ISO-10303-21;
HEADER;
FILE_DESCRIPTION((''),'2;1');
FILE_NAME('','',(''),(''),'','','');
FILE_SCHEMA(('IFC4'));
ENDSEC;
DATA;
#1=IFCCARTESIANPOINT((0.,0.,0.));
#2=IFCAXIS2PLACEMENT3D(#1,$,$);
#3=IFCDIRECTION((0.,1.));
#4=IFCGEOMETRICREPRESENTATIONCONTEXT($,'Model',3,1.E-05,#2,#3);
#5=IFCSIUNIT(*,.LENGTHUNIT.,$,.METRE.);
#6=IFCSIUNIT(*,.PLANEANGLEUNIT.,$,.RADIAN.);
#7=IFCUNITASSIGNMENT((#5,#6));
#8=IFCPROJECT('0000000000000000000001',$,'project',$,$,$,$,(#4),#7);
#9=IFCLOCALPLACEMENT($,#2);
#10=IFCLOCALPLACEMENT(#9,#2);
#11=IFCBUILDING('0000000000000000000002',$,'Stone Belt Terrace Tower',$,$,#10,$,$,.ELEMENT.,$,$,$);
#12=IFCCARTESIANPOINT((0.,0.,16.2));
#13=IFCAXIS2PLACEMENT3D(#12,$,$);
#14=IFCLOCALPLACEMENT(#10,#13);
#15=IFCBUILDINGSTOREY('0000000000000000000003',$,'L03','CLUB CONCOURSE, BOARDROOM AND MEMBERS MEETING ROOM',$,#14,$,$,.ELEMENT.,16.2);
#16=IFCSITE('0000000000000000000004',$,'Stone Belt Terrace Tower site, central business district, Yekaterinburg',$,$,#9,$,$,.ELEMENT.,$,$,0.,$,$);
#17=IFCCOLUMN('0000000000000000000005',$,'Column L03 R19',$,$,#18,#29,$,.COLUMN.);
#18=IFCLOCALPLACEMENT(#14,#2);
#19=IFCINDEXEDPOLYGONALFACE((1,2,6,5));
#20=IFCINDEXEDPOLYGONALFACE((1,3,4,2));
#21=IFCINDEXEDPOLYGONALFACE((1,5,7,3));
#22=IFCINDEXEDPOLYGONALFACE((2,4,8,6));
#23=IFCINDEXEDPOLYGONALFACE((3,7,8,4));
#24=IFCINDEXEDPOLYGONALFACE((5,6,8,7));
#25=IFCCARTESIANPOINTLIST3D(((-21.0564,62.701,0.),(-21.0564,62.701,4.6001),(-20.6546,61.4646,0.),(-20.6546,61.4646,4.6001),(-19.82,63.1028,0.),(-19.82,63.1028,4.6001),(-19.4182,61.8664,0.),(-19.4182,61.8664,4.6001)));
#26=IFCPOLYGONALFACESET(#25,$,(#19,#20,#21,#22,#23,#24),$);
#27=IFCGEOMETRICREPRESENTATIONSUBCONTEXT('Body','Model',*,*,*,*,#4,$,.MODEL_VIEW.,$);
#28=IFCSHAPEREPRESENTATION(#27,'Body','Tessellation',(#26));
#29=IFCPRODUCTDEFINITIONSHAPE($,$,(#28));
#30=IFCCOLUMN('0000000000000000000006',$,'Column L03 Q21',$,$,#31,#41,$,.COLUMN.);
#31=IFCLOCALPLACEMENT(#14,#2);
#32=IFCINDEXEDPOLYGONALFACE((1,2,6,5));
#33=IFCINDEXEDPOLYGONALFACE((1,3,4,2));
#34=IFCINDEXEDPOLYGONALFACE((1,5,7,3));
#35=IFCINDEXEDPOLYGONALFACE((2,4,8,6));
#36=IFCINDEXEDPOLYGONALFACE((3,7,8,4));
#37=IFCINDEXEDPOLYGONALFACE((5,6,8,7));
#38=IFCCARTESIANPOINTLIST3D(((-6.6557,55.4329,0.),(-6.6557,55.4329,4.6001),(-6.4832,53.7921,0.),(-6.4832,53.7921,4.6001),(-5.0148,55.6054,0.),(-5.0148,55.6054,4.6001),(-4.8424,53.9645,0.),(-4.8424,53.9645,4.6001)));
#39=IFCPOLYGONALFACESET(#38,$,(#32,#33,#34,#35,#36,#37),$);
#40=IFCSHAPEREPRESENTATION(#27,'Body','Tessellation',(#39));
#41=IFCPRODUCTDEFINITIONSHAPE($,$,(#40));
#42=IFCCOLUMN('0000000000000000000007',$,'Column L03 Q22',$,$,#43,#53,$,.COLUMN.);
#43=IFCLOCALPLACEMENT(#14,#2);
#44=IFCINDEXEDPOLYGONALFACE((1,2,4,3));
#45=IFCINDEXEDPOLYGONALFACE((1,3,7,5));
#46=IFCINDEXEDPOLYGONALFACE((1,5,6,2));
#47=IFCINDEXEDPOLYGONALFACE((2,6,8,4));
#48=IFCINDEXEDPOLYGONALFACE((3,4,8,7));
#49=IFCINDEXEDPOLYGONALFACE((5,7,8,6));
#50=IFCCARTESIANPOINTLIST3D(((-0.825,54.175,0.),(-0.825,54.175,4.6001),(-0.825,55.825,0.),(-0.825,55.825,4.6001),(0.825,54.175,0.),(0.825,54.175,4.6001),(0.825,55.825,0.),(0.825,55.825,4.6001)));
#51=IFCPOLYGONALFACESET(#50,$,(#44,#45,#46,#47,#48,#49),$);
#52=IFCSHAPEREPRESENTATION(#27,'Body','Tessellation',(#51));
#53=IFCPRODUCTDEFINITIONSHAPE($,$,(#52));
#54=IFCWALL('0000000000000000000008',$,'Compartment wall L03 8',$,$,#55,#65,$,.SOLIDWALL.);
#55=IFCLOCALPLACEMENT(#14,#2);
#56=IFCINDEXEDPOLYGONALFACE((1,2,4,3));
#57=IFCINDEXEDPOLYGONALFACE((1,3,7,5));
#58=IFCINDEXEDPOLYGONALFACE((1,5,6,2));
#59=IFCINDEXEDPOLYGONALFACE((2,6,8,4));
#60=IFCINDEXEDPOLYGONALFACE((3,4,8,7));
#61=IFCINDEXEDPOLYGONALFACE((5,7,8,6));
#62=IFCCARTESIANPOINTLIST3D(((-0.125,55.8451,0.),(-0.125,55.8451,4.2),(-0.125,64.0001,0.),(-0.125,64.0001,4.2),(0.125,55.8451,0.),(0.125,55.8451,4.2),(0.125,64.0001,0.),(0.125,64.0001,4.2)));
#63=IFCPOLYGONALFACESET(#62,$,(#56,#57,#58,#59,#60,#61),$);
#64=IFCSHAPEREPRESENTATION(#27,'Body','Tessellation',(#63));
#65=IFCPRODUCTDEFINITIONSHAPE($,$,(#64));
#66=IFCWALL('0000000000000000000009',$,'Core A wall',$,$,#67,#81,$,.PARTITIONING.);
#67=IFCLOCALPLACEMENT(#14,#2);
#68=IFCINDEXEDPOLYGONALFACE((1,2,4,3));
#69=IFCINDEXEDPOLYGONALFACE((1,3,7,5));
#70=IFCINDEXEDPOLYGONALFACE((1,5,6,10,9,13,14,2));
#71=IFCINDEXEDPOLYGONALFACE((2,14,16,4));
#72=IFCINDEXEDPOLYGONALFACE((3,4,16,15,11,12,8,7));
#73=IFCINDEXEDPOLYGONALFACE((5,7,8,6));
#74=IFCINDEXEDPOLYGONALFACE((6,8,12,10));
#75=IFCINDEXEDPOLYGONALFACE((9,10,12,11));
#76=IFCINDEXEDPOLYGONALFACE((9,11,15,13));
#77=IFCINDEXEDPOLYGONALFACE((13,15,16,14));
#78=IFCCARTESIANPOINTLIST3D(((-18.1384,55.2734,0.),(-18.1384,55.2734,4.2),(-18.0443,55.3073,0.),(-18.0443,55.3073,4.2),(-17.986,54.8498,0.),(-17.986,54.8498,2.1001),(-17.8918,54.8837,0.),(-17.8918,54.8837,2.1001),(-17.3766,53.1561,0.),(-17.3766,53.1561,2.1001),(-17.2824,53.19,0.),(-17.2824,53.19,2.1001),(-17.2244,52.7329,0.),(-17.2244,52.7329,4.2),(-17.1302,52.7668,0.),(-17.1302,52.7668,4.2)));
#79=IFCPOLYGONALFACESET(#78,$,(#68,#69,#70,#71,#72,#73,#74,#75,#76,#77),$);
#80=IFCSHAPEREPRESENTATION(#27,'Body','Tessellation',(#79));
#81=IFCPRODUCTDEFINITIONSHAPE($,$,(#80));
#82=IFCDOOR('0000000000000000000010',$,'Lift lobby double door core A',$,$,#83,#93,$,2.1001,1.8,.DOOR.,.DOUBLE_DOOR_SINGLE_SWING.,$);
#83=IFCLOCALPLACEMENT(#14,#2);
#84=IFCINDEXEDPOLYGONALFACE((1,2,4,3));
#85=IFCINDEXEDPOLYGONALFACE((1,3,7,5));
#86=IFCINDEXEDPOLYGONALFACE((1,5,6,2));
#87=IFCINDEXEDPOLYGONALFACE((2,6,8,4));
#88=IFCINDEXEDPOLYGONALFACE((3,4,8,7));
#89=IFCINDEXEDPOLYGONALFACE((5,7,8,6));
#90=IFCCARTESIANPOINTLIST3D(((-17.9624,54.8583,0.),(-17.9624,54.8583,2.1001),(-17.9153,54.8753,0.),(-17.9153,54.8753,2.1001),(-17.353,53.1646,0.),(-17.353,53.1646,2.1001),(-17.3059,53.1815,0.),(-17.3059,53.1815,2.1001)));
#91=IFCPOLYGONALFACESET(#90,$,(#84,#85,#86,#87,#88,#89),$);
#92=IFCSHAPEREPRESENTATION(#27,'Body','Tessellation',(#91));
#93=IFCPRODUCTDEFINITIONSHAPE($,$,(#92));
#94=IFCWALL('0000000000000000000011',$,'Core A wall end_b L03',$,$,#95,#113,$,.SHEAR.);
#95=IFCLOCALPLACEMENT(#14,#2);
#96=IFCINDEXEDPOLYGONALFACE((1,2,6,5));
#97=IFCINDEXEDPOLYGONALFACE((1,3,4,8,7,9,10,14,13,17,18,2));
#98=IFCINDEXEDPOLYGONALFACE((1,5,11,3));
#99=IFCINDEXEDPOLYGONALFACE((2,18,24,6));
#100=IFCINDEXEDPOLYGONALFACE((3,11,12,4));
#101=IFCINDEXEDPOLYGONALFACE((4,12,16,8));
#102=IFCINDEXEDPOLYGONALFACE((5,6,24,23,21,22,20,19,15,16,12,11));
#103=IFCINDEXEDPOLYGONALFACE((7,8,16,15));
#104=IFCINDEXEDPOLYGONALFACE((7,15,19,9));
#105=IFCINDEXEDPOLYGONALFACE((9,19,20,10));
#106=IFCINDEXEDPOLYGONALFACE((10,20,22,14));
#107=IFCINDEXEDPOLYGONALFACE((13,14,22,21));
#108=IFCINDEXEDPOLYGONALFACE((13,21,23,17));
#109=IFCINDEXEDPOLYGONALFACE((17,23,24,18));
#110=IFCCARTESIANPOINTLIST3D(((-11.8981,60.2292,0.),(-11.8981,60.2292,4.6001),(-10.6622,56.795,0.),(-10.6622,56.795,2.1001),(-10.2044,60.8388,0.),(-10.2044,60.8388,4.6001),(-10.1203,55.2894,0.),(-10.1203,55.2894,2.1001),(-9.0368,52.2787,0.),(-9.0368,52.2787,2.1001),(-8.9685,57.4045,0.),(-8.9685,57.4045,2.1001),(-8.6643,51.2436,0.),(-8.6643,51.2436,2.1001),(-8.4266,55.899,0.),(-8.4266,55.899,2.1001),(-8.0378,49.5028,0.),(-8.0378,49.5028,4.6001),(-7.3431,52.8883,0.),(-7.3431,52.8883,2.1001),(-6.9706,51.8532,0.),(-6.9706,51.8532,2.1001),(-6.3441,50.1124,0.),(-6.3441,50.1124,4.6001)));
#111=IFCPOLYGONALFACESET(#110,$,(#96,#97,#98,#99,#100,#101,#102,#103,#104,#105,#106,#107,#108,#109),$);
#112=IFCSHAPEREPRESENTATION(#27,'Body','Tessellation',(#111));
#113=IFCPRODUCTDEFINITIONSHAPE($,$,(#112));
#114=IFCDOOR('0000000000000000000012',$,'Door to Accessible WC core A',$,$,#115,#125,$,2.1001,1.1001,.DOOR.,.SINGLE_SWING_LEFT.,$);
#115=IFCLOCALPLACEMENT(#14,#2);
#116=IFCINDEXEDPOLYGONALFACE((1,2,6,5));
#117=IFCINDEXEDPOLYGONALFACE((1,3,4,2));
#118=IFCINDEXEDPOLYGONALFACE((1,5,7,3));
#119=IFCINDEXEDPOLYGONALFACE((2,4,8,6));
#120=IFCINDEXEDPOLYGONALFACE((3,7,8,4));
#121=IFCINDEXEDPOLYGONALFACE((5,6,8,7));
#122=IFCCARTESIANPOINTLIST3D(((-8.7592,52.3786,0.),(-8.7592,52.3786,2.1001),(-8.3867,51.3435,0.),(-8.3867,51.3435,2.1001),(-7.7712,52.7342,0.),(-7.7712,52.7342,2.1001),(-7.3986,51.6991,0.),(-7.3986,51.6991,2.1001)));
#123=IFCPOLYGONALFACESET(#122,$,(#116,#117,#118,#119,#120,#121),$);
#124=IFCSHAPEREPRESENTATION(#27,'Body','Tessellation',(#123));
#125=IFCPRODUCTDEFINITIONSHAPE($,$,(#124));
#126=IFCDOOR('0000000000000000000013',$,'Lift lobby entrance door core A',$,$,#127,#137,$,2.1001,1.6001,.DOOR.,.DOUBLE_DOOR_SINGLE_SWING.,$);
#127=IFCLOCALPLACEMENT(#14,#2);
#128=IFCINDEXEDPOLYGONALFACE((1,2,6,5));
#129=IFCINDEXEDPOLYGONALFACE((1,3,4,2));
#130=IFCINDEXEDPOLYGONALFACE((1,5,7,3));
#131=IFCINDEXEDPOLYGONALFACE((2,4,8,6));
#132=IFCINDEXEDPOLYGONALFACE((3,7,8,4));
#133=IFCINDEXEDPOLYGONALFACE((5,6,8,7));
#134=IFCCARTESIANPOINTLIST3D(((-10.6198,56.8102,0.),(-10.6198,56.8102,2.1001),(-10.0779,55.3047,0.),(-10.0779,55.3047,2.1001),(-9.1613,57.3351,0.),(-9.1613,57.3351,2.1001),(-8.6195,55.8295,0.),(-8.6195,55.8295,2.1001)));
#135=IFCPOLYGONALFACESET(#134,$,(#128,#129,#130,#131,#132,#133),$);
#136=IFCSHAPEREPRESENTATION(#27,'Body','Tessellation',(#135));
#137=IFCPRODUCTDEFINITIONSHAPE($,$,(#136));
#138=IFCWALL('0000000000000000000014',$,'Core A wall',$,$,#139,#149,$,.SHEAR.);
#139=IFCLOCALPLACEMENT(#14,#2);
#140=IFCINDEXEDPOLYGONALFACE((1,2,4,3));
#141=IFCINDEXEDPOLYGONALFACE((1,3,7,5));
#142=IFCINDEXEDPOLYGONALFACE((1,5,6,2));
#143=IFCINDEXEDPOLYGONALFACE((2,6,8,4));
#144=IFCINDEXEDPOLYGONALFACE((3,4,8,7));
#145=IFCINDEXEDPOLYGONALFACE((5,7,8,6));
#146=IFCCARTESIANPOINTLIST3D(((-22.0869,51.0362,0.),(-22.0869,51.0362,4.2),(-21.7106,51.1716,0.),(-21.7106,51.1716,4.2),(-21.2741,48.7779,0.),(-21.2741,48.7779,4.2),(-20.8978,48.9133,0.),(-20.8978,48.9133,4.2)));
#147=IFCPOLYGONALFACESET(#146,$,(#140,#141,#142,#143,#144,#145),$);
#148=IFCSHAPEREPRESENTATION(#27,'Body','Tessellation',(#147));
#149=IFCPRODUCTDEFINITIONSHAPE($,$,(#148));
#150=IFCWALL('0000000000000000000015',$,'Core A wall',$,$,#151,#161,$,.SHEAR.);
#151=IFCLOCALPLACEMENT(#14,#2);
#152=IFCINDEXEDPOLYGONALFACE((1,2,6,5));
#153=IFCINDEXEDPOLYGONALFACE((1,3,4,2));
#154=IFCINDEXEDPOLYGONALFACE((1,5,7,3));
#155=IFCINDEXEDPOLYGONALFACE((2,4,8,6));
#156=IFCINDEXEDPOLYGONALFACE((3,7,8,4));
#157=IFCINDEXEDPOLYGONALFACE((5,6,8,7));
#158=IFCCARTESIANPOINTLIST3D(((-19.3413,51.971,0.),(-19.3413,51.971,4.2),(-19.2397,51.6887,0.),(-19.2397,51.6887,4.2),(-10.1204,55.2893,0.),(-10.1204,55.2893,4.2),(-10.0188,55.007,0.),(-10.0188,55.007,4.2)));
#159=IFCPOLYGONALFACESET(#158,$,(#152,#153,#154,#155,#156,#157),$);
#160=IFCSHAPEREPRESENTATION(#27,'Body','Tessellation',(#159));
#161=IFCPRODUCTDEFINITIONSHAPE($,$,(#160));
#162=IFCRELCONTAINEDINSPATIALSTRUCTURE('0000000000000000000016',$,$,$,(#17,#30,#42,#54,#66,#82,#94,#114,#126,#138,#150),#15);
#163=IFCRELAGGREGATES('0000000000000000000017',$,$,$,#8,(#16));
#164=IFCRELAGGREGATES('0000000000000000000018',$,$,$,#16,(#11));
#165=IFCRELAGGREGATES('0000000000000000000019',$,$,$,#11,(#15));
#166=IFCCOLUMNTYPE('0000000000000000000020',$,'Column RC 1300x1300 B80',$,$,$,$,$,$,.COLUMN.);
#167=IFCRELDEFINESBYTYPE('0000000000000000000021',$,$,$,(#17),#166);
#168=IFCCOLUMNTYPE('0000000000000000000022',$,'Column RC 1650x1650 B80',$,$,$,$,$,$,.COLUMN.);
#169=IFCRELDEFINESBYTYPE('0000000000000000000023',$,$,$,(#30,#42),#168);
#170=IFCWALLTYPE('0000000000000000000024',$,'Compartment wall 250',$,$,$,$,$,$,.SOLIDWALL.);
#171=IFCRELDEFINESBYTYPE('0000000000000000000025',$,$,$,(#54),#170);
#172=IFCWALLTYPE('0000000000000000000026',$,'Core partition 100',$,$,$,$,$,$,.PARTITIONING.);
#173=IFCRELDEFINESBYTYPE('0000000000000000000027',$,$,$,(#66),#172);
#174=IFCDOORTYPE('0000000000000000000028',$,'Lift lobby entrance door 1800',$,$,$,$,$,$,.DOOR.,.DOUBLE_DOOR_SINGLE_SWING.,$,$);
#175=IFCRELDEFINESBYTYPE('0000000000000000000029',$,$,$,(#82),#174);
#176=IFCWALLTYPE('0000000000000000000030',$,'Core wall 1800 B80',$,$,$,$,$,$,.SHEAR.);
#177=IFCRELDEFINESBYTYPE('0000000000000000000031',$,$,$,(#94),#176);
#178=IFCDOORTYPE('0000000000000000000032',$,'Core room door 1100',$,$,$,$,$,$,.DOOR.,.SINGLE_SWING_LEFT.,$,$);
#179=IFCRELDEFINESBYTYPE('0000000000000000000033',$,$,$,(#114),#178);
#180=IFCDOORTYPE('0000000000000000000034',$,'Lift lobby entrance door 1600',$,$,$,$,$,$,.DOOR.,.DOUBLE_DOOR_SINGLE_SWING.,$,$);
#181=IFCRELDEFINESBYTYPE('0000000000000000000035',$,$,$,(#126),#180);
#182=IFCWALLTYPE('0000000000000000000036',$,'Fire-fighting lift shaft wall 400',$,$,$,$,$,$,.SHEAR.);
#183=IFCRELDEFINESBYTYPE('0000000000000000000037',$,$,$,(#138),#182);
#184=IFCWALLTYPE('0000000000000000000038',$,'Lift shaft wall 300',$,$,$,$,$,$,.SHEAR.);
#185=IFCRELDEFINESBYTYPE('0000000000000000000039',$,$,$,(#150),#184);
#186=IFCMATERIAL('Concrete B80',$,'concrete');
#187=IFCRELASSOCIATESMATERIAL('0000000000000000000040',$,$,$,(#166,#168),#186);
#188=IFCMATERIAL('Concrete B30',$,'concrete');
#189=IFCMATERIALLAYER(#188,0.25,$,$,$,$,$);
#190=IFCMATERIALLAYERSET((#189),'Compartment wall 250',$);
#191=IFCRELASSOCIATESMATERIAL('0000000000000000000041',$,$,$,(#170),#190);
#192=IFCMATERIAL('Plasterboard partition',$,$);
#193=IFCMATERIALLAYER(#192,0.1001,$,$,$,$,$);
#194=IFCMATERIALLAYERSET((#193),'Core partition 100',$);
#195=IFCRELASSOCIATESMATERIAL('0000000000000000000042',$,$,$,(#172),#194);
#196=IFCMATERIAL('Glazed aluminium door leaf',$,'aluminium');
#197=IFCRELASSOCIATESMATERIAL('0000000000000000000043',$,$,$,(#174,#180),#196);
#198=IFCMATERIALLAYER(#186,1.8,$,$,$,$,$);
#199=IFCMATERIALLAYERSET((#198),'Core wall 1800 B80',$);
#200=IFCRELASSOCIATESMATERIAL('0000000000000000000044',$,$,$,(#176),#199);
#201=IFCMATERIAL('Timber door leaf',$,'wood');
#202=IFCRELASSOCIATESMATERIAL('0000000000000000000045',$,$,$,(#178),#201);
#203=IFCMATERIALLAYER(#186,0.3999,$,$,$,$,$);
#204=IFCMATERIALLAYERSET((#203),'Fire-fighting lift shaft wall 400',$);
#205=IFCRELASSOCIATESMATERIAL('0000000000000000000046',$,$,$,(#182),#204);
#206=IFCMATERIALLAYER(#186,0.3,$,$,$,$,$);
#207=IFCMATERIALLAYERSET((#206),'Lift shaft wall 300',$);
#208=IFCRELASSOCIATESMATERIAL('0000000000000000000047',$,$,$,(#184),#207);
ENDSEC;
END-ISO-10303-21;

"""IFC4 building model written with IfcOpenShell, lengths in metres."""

from ifc_helpers import new_model, si_unit, direction, frame, frame_2d, origin, origin_2d, place, context, subcontext, project, spatial, rectangle, extrude, material, layer, layer_set, material_profile, profile_set, type_object, element, fill, save


model = new_model("IFC4")

# Units and contexts
model_context = context("Model", 3, precision=1e-05, world=origin(), true_north=direction((0.0, 1.0)))
body_context = subcontext(model_context, "Body", "Model", "MODEL_VIEW")
ifc_project = project(units=[si_unit("LENGTHUNIT", "METRE"), si_unit("PLANEANGLEUNIT", "RADIAN")], contexts=[model_context])

# Site, building, storey
site_placement = place(None, origin())
site = spatial("IfcSite", under=ifc_project, at=site_placement, Name="Stone Belt Terrace Tower site, central business district, Yekaterinburg", CompositionType="ELEMENT", RefElevation=0.0)
building_placement = place(site_placement, origin())
building = spatial("IfcBuilding", under=site, at=building_placement, Name="Stone Belt Terrace Tower", CompositionType="ELEMENT")
storey_placement = place(building_placement, frame((0.0, 0.0, 16.2)))
storey = spatial("IfcBuildingStorey", under=building, at=storey_placement, Name="L03", Description="CLUB CONCOURSE, BOARDROOM AND MEMBERS MEETING ROOM", CompositionType="ELEMENT", Elevation=16.2)

# Columns
ifc_material_1 = material(Name="Concrete B80", Category="concrete")
ifc_material_profile_1 = material_profile(ifc_material_1, rectangle(XDim=1.3, YDim=1.3, at=origin_2d()), Name="RC 1300x1300")
ifc_profile_set_1 = profile_set([ifc_material_profile_1], Name="Concrete B80")
column_type_1 = type_object("IfcColumnType", Name="Column RC 1300x1300 B80", PredefinedType="COLUMN", material=ifc_profile_set_1)
column_placement = place(storey_placement, frame((-20.2373, 62.2837, 0.0), z_axis=(0.0, 0.0, 1.0), x_axis=(0.951057, 0.309017, 0.0)))
element("IfcColumn", 1, at=column_placement, inside=storey, type_object=column_type_1, Name="Column L03 R19", PredefinedType="COLUMN", context=body_context, shape_type="SweptSolid", body=[
    extrude(rectangle(XDim=1.3, YDim=1.3, at=origin_2d()), origin(), (0.0, 0.0, 1.0), 4.6001),
])
ifc_material_profile_2 = material_profile(ifc_material_1, rectangle(XDim=1.6499, YDim=1.6499, at=origin_2d()), Name="RC 1650x1650")
ifc_profile_set_2 = profile_set([ifc_material_profile_2], Name="Concrete B80")
column_type_2 = type_object("IfcColumnType", Name="Column RC 1650x1650 B80", PredefinedType="COLUMN", material=ifc_profile_set_2)
for number, where, z_axis, x_axis, name in (
    (2, (-5.749, 54.6987, 0.0), (0.0, 0.0, 1.0), (0.994522, 0.104528, 0.0), "Column L03 Q21"),
    (3, (0.0, 55.0, 0.0), (0.0, 0.0, 1.0), (1.0, 0.0, 0.0), "Column L03 Q22"),
):
    element("IfcColumn", number, at=place(storey_placement, frame(where, z_axis=z_axis, x_axis=x_axis)), inside=storey, type_object=column_type_2, Name=name, PredefinedType="COLUMN", context=body_context, shape_type="SweptSolid", body=[
        extrude(rectangle(XDim=1.6499, YDim=1.6499, at=origin_2d()), origin(), (0.0, 0.0, 1.0), 4.6001),
    ])

# Wall
ifc_material_2 = material(Name="Concrete B30", Category="concrete")
ifc_layer_1 = layer(ifc_material_2, 0.25)
ifc_layer_set_1 = layer_set([ifc_layer_1], Name="Compartment wall 250")
wall_type_1 = type_object("IfcWallType", Name="Compartment wall 250", PredefinedType="SOLIDWALL", material=ifc_layer_set_1)
wall_1_placement = place(storey_placement, frame((0.0, 55.845, 0.0), z_axis=(0.0, 0.0, 1.0), x_axis=(0.0, 1.0, 0.0)))
element("IfcWall", 4, at=wall_1_placement, inside=storey, type_object=wall_type_1, Name="Compartment wall L03 8", PredefinedType="SOLIDWALL", context=body_context, shape_type="SweptSolid", body=[
    extrude(rectangle(XDim=8.155, YDim=0.25, at=frame_2d((4.0776, 0.0))), origin(), (0.0, 0.0, 1.0), 4.2),
])

# Wall, opening, door
ifc_material_3 = material(Name="Plasterboard partition")
ifc_layer_2 = layer(ifc_material_3, 0.1001)
ifc_layer_set_2 = layer_set([ifc_layer_2], Name="Core partition 100")
wall_type_2 = type_object("IfcWallType", Name="Core partition 100", PredefinedType="PARTITIONING", material=ifc_layer_set_2)
wall_2_placement = place(storey_placement, frame((-17.1772, 52.7498, 0.0), z_axis=(0.0, 0.0, 1.0), x_axis=(-0.338547, 0.94095, 0.0)))
wall_2 = element("IfcWall", 5, at=wall_2_placement, inside=storey, type_object=wall_type_2, Name="Core A wall", PredefinedType="PARTITIONING", context=body_context, shape_type="SweptSolid", body=[
    extrude(rectangle(XDim=2.7, YDim=0.1001, at=frame_2d((1.3501, 0.0))), origin(), (0.0, 0.0, 1.0), 4.2),
])
opening_1_placement = place(wall_2_placement, frame((0.45, 0.0, 0.0)))
opening_1 = element("IfcOpeningElement", 6, at=opening_1_placement, cuts=wall_2, PredefinedType="OPENING", context=body_context, shape_type="SweptSolid", body=[
    extrude(rectangle(XDim=1.8, YDim=2.1001, at=frame_2d((0.8999, 1.05))), frame((0.0, 0.0601, 0.0), z_axis=(0.0, -1.0, 0.0), x_axis=(1.0, 0.0, 0.0)), (0.0, 0.0, 1.0), 0.1201),
])
ifc_material_4 = material(Name="Glazed aluminium door leaf", Category="aluminium")
door_type_1 = type_object("IfcDoorType", Name="Lift lobby entrance door 1800", OperationType="DOUBLE_DOOR_SINGLE_SWING", PredefinedType="DOOR", material=ifc_material_4)
door_1_placement = place(opening_1_placement, origin())
door_1 = element("IfcDoor", 7, at=door_1_placement, inside=storey, type_object=door_type_1, Name="Lift lobby double door core A", OperationType="DOUBLE_DOOR_SINGLE_SWING", OverallHeight=2.1001, OverallWidth=1.8, PredefinedType="DOOR", context=body_context, shape_type="SweptSolid", body=[
    extrude(rectangle(XDim=1.8, YDim=2.1001, at=frame_2d((0.8999, 1.05))), frame((0.0, 0.0249, 0.0), z_axis=(0.0, -1.0, 0.0), x_axis=(1.0, 0.0, 0.0)), (0.0, 0.0, 1.0), 0.05),
])
fill(opening_1, door_1)

# Wall, openings, doors
ifc_layer_3 = layer(ifc_material_1, 1.8)
ifc_layer_set_3 = layer_set([ifc_layer_3], Name="Core wall 1800 B80")
wall_type_3 = type_object("IfcWallType", Name="Core wall 1800 B80", PredefinedType="SHEAR", material=ifc_layer_set_3)
wall_3_placement = place(storey_placement, frame((-7.1909, 49.8076, 0.0), z_axis=(0.0, 0.0, 1.0), x_axis=(-0.338632, 0.940919, 0.0)))
wall_3 = element("IfcWall", 8, at=wall_3_placement, inside=storey, type_object=wall_type_3, Name="Core A wall end_b L03", PredefinedType="SHEAR", context=body_context, shape_type="SweptSolid", body=[
    extrude(rectangle(XDim=11.3999, YDim=1.8, at=frame_2d((5.7, 0.0))), origin(), (0.0, 0.0, 1.0), 4.6001),
])
opening_2_placement = place(wall_3_placement, frame((6.1499, 0.0, 0.0)))
opening_2 = element("IfcOpeningElement", 9, at=opening_2_placement, cuts=wall_3, PredefinedType="OPENING", context=body_context, shape_type="SweptSolid", body=[
    extrude(rectangle(XDim=1.6001, YDim=2.1001, at=frame_2d((0.8, 1.05))), frame((0.0, 0.9099, 0.0), z_axis=(0.0, -1.0, 0.0), x_axis=(1.0, 0.0, 0.0)), (0.0, 0.0, 1.0), 1.8201),
])
opening_3_placement = place(wall_3_placement, frame((1.8501, 0.0, 0.0)))
opening_3 = element("IfcOpeningElement", 10, at=opening_3_placement, cuts=wall_3, PredefinedType="OPENING", context=body_context, shape_type="SweptSolid", body=[
    extrude(rectangle(XDim=1.1001, YDim=2.1001, at=frame_2d((0.55, 1.05))), frame((0.0, 0.9099, 0.0), z_axis=(0.0, -1.0, 0.0), x_axis=(1.0, 0.0, 0.0)), (0.0, 0.0, 1.0), 1.8201),
])
ifc_material_5 = material(Name="Timber door leaf", Category="wood")
door_type_2 = type_object("IfcDoorType", Name="Core room door 1100", OperationType="SINGLE_SWING_LEFT", PredefinedType="DOOR", material=ifc_material_5)
door_2_placement = place(opening_3_placement, origin())
door_2 = element("IfcDoor", 11, at=door_2_placement, inside=storey, type_object=door_type_2, Name="Door to Accessible WC core A", OperationType="SINGLE_SWING_LEFT", OverallHeight=2.1001, OverallWidth=1.1001, PredefinedType="DOOR", context=body_context, shape_type="SweptSolid", body=[
    extrude(rectangle(XDim=1.1001, YDim=2.1001, at=frame_2d((0.55, 1.05))), frame((0.0, 0.605, 0.0), z_axis=(0.0, -1.0, 0.0), x_axis=(1.0, 0.0, 0.0)), (0.0, 0.0, 1.0), 1.05),
])
fill(opening_3, door_2)
door_type_3 = type_object("IfcDoorType", Name="Lift lobby entrance door 1600", OperationType="DOUBLE_DOOR_SINGLE_SWING", PredefinedType="DOOR", material=ifc_material_4)
door_3_placement = place(opening_2_placement, origin())
door_3 = element("IfcDoor", 12, at=door_3_placement, inside=storey, type_object=door_type_3, Name="Lift lobby entrance door core A", OperationType="DOUBLE_DOOR_SINGLE_SWING", OverallHeight=2.1001, OverallWidth=1.6001, PredefinedType="DOOR", context=body_context, shape_type="SweptSolid", body=[
    extrude(rectangle(XDim=1.6001, YDim=2.1001, at=frame_2d((0.8, 1.05))), frame((0.0, 0.855, 0.0), z_axis=(0.0, -1.0, 0.0), x_axis=(1.0, 0.0, 0.0)), (0.0, 0.0, 1.0), 1.55),
])
fill(opening_2, door_3)

# Walls
ifc_layer_4 = layer(ifc_material_1, 0.3999)
ifc_layer_set_4 = layer_set([ifc_layer_4], Name="Fire-fighting lift shaft wall 400")
wall_type_4 = type_object("IfcWallType", Name="Fire-fighting lift shaft wall 400", PredefinedType="SHEAR", material=ifc_layer_set_4)
wall_4_placement = place(storey_placement, frame((-21.0859, 48.8455, 0.0), z_axis=(0.0, 0.0, 1.0), x_axis=(-0.338629, 0.94092, 0.0)))
element("IfcWall", 13, at=wall_4_placement, inside=storey, type_object=wall_type_4, Name="Core A wall", PredefinedType="SHEAR", context=body_context, shape_type="SweptSolid", body=[
    extrude(rectangle(XDim=2.4001, YDim=0.3999, at=frame_2d((1.2002, 0.0))), origin(), (0.0, 0.0, 1.0), 4.2),
])
ifc_layer_5 = layer(ifc_material_1, 0.3)
ifc_layer_set_5 = layer_set([ifc_layer_5], Name="Lift shaft wall 300")
wall_type_5 = type_object("IfcWallType", Name="Lift shaft wall 300", PredefinedType="SHEAR", material=ifc_layer_set_5)
wall_5_placement = place(storey_placement, frame((-19.2905, 51.8298, 0.0), z_axis=(0.0, 0.0, 1.0), x_axis=(0.940926, 0.338613, 0.0)))
element("IfcWall", 14, at=wall_5_placement, inside=storey, type_object=wall_type_5, Name="Core A wall", PredefinedType="SHEAR", context=body_context, shape_type="SweptSolid", body=[
    extrude(rectangle(XDim=9.7998, YDim=0.3, at=frame_2d((4.8999, 0.0))), origin(), (0.0, 0.0, 1.0), 4.2),
])

save(model, "model.ifc")
